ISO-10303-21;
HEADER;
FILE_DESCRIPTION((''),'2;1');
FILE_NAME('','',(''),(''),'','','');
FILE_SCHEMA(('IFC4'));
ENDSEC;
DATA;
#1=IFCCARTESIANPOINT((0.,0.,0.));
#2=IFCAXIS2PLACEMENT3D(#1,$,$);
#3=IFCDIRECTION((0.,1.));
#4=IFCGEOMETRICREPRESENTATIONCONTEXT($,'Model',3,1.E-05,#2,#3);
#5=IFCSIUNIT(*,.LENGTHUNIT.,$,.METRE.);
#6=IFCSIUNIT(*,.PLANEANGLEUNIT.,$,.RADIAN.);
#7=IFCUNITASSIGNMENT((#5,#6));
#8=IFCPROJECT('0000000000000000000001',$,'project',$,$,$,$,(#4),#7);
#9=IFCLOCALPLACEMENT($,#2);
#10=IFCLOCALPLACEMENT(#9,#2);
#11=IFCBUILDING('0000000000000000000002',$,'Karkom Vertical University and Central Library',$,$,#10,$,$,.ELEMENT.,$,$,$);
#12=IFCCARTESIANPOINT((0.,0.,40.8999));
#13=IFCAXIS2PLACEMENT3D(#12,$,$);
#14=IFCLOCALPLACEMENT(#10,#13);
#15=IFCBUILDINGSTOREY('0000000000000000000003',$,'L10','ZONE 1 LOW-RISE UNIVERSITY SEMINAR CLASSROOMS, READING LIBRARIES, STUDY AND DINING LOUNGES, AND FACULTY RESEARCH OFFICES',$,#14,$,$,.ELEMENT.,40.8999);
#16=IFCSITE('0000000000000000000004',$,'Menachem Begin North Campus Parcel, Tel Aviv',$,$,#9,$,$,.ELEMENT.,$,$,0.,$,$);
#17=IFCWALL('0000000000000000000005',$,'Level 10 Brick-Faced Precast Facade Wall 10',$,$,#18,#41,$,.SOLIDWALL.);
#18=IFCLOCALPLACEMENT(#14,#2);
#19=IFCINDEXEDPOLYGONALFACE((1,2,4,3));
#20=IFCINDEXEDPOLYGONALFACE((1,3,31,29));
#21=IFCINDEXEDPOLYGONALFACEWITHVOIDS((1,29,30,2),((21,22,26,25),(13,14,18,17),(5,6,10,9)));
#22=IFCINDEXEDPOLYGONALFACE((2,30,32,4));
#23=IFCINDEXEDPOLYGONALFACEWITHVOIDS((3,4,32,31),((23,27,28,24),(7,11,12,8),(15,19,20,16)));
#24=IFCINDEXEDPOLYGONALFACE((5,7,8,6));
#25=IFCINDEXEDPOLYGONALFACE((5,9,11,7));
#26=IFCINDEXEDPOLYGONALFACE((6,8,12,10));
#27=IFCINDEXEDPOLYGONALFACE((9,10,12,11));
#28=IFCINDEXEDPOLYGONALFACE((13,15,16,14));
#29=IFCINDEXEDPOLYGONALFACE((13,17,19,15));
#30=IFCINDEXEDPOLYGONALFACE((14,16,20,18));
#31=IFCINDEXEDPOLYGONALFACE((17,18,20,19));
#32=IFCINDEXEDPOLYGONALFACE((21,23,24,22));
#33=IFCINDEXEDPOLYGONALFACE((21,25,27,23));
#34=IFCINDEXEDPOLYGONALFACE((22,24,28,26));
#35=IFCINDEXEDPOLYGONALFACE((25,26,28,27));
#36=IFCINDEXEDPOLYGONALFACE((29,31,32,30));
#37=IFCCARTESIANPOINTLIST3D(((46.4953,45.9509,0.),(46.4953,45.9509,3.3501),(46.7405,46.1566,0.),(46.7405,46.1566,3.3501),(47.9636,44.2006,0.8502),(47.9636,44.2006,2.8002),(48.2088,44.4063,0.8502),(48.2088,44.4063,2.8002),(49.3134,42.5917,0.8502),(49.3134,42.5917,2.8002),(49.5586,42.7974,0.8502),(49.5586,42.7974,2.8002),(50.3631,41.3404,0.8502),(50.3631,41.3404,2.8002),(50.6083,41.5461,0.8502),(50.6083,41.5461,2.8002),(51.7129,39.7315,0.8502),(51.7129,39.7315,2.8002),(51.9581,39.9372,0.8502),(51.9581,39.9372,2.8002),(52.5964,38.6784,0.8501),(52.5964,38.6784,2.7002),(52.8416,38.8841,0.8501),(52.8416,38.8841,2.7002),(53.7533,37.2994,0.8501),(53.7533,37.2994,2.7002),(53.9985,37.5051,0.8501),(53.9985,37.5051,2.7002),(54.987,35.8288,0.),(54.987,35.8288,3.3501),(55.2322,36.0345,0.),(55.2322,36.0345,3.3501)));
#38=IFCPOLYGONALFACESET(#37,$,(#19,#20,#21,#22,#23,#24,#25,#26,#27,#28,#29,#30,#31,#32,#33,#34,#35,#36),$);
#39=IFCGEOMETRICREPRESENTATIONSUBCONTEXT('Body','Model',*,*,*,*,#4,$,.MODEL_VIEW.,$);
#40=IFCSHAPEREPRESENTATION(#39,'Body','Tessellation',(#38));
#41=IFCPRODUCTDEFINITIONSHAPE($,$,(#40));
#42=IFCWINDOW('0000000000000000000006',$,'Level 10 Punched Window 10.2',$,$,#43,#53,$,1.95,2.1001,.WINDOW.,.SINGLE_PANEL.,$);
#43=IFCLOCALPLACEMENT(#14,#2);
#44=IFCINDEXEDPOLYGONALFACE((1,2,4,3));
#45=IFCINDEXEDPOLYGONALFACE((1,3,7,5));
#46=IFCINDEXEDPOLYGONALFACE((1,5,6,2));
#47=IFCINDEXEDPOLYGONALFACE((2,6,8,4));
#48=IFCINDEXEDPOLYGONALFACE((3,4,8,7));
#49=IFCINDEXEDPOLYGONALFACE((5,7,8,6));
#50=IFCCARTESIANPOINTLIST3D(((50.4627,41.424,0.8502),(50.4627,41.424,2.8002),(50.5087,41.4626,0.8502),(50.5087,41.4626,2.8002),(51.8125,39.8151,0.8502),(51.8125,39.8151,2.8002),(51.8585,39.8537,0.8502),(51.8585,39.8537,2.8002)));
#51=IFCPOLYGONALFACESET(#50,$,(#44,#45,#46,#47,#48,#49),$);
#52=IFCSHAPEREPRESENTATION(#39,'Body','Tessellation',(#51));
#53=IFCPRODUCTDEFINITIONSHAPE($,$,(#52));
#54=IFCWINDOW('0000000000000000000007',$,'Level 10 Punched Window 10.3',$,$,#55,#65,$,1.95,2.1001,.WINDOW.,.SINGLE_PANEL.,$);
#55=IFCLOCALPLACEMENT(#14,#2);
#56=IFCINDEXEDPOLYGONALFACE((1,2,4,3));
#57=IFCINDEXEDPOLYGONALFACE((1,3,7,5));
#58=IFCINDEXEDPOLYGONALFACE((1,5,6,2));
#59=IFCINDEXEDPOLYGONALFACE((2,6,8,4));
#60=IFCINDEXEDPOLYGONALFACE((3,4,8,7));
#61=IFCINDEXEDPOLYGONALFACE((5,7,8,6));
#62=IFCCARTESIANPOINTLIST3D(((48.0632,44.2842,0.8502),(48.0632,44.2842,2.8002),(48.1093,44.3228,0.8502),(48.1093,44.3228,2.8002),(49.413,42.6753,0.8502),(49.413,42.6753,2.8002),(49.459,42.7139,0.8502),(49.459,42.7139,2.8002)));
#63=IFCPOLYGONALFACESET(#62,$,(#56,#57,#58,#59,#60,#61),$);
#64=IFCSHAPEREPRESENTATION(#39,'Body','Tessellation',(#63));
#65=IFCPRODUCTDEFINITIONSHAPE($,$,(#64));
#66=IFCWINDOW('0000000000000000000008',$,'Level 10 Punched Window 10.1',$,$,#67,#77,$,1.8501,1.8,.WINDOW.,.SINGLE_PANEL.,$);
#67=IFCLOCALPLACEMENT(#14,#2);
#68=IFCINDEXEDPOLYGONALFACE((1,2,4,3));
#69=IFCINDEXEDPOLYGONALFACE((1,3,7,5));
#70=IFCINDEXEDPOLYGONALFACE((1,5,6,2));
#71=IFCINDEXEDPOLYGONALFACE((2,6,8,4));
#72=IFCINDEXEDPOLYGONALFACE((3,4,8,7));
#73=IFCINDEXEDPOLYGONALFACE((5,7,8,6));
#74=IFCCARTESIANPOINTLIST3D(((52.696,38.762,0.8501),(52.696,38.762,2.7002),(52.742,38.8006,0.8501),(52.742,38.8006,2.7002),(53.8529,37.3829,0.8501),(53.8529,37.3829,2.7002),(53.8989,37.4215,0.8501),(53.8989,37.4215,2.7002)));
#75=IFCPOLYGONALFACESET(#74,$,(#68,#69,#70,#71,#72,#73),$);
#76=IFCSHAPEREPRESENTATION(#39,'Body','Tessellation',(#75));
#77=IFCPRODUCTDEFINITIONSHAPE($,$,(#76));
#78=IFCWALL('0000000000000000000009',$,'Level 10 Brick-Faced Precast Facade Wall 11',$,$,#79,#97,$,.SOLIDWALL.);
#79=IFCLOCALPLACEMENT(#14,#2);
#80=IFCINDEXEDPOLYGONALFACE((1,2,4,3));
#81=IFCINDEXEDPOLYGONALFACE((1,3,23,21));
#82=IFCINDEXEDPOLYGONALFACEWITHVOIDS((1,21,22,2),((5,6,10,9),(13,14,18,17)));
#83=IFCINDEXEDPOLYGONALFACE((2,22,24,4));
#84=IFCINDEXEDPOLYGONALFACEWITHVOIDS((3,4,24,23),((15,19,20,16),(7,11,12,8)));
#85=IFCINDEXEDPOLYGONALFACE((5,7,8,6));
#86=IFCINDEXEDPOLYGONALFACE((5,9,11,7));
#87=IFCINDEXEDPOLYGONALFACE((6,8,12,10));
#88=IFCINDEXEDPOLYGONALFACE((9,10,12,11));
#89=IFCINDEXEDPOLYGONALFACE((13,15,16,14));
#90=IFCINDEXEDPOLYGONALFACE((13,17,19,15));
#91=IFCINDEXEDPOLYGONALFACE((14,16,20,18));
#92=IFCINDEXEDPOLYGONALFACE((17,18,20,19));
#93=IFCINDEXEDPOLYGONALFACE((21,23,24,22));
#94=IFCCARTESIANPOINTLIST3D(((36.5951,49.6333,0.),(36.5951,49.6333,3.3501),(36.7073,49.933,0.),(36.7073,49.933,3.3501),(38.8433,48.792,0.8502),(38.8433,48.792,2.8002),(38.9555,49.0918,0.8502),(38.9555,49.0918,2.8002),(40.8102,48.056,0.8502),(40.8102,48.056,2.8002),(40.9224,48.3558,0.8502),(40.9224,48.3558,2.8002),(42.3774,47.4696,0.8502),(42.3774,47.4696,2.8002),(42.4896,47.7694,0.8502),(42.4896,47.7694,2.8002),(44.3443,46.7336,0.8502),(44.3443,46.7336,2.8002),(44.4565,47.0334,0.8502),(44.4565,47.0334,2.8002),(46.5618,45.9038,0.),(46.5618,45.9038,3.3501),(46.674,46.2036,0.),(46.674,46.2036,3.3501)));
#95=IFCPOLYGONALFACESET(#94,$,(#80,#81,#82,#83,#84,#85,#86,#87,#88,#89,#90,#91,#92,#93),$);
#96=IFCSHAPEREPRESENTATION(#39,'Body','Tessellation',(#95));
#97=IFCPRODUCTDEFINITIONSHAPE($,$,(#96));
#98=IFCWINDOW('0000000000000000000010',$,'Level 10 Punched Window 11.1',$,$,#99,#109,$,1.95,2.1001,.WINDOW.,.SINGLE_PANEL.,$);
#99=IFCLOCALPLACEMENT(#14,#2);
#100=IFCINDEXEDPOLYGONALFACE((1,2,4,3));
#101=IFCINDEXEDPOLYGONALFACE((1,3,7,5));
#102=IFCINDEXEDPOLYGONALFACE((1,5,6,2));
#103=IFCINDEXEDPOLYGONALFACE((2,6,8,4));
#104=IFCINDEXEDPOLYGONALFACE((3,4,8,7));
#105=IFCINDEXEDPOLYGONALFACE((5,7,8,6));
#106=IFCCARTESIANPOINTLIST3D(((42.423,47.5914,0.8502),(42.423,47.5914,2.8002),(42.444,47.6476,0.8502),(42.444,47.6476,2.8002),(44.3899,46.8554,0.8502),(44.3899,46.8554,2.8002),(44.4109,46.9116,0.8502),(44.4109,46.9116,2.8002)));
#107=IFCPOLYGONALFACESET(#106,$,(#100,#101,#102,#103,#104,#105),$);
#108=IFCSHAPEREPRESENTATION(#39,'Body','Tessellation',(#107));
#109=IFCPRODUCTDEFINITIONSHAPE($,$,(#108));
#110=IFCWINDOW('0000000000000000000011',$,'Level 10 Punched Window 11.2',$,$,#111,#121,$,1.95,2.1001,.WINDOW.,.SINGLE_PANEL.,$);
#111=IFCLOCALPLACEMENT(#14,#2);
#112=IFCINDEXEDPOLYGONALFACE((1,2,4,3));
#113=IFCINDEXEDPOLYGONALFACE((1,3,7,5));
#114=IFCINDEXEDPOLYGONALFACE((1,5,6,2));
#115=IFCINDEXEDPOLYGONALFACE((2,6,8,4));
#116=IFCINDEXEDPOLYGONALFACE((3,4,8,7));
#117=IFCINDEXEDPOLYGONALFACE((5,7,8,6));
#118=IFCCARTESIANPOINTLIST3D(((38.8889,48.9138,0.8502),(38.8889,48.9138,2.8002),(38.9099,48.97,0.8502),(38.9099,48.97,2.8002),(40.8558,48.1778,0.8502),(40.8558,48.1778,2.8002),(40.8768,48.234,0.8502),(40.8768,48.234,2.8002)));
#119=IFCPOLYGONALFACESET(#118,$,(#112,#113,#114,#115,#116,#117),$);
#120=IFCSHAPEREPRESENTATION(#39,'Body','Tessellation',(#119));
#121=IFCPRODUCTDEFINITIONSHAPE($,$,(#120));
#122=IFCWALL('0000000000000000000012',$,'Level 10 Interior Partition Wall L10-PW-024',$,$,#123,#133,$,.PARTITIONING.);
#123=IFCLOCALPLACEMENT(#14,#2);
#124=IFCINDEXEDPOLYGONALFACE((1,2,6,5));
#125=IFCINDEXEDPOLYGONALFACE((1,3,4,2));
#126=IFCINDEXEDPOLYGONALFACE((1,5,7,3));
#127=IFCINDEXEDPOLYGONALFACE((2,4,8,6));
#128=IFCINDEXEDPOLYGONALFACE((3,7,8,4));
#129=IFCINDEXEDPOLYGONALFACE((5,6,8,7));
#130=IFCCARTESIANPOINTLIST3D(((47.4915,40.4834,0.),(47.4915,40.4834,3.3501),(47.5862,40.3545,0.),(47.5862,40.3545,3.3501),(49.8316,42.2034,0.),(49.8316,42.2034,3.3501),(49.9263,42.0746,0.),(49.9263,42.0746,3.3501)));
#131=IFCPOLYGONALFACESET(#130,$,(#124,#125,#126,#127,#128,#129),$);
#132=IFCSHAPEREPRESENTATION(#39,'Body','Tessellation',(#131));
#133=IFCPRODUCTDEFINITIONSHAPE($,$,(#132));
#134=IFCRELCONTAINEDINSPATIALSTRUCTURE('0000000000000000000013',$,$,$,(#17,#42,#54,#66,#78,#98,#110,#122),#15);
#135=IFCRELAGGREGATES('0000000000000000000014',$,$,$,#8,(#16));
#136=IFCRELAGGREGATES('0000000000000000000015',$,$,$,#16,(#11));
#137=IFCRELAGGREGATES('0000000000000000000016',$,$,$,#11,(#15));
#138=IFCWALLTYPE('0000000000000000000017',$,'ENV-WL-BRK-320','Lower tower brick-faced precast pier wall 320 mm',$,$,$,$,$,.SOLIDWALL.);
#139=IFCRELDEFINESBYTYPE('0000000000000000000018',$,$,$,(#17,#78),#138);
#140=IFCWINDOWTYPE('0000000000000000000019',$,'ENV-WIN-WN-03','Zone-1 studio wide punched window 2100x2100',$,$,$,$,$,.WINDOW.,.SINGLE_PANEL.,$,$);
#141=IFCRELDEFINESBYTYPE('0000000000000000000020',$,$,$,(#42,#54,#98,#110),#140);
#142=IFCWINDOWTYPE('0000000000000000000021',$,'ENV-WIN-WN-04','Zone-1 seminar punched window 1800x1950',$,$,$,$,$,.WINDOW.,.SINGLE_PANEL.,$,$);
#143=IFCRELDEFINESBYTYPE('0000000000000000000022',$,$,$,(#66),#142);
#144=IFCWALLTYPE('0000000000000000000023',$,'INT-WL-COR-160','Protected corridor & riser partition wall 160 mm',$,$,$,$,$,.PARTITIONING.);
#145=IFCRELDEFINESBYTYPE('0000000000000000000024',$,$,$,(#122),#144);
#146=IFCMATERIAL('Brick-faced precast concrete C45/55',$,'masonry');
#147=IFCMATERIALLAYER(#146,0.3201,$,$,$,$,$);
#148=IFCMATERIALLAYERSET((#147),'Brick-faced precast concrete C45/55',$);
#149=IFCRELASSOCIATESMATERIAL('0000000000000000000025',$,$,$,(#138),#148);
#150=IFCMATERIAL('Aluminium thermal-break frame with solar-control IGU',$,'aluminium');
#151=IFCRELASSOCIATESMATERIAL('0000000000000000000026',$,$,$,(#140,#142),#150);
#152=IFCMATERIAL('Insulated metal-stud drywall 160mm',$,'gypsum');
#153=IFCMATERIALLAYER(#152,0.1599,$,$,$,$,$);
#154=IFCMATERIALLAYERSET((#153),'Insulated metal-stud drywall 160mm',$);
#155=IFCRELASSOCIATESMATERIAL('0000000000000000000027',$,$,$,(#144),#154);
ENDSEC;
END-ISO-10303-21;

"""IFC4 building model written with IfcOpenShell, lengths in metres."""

from ifc_helpers import new_model, si_unit, direction, frame, frame_2d, origin, origin_with_axes, place, context, subcontext, project, spatial, rectangle, extrude, source, transform, mapped, material, layer, layer_set, type_object, element, fill, save


model = new_model("IFC4")

# Units and contexts
model_context = context("Model", 3, precision=1e-05, world=origin(), true_north=direction((0.0, 1.0)))
body_context = subcontext(model_context, "Body", "Model", "MODEL_VIEW")
ifc_project = project(units=[si_unit("LENGTHUNIT", "METRE"), si_unit("PLANEANGLEUNIT", "RADIAN")], contexts=[model_context])

# Site, building, storey
site_placement = place(None, origin())
site = spatial("IfcSite", under=ifc_project, at=site_placement, Name="Menachem Begin North Campus Parcel, Tel Aviv", CompositionType="ELEMENT", RefElevation=0.0)
building_placement = place(site_placement, origin())
building = spatial("IfcBuilding", under=site, at=building_placement, Name="Karkom Vertical University and Central Library", CompositionType="ELEMENT")
storey_placement = place(building_placement, frame((0.0, 0.0, 40.8999)))
storey = spatial("IfcBuildingStorey", under=building, at=storey_placement, Name="L10", Description="ZONE 1 LOW-RISE UNIVERSITY SEMINAR CLASSROOMS, READING LIBRARIES, STUDY AND DINING LOUNGES, AND FACULTY RESEARCH OFFICES", CompositionType="ELEMENT", Elevation=40.8999)

# Walls, openings, windows
ifc_material_1 = material(Name="Brick-faced precast concrete C45/55", Category="masonry")
ifc_layer_1 = layer(ifc_material_1, 0.3201)
ifc_layer_set_1 = layer_set([ifc_layer_1], Name="Brick-faced precast concrete C45/55")
wall_type_1 = type_object("IfcWallType", Name="ENV-WL-BRK-320", Description="Lower tower brick-faced precast pier wall 320 mm", PredefinedType="SOLIDWALL", material=ifc_layer_set_1)
wall_1_placement = place(storey_placement, frame((55.1096, 35.9316, 0.0), z_axis=(0.0, 0.0, 1.0), x_axis=(-0.642711, 0.766109, 0.0)))
wall_1 = element("IfcWall", 1, at=wall_1_placement, inside=storey, type_object=wall_type_1, Name="Level 10 Brick-Faced Precast Facade Wall 10", PredefinedType="SOLIDWALL", context=body_context, shape_type="SweptSolid", body=[
    extrude(rectangle(XDim=13.2124, YDim=0.3201, at=frame_2d((6.6062, 0.0))), origin(), (0.0, 0.0, 1.0), 3.3501),
])
opening_1_placement = place(wall_1_placement, frame((1.9197, 0.0, 0.8501)))
opening_1 = element("IfcOpeningElement", 2, at=opening_1_placement, cuts=wall_1, PredefinedType="OPENING", context=body_context, shape_type="SweptSolid", body=[
    extrude(rectangle(XDim=1.8, YDim=1.8501, at=frame_2d((0.8999, 0.925))), frame((0.0, 0.1699, 0.0), z_axis=(0.0, -1.0, 0.0), x_axis=(1.0, 0.0, 0.0)), (0.0, 0.0, 1.0), 0.3401),
])
opening_2_placement = place(wall_1_placement, frame((5.0942, 0.0, 0.8501)))
opening_2 = element("IfcOpeningElement", 3, at=opening_2_placement, cuts=wall_1, PredefinedType="OPENING", context=body_context, shape_type="SweptSolid", body=[
    extrude(rectangle(XDim=2.1001, YDim=1.95, at=frame_2d((1.05, 0.9751))), frame((0.0, 0.1699, 0.0), z_axis=(0.0, -1.0, 0.0), x_axis=(1.0, 0.0, 0.0)), (0.0, 0.0, 1.0), 0.3401),
])
opening_3_placement = place(wall_1_placement, frame((8.8276, 0.0, 0.8501)))
opening_3 = element("IfcOpeningElement", 4, at=opening_3_placement, cuts=wall_1, PredefinedType="OPENING", context=body_context, shape_type="SweptSolid", body=[
    extrude(rectangle(XDim=2.1001, YDim=1.95, at=frame_2d((1.05, 0.9751))), frame((0.0, 0.1699, 0.0), z_axis=(0.0, -1.0, 0.0), x_axis=(1.0, 0.0, 0.0)), (0.0, 0.0, 1.0), 0.3401),
])
ifc_material_2 = material(Name="Aluminium thermal-break frame with solar-control IGU", Category="aluminium")
window_type_1 = type_object("IfcWindowType", Name="ENV-WIN-WN-03", Description="Zone-1 studio wide punched window 2100x2100", PartitioningType="SINGLE_PANEL", PredefinedType="WINDOW", material=ifc_material_2)
shared_shape_1 = source(origin_with_axes(), body_context, "Body", "SweptSolid", [
    extrude(rectangle(XDim=2.1001, YDim=1.95, at=frame_2d((1.05, 0.9751))), frame((0.0, 0.03, 0.0), z_axis=(0.0, -1.0, 0.0), x_axis=(1.0, 0.0, 0.0)), (0.0, 0.0, 1.0), 0.0601),
])
window_1_placement = place(opening_2_placement, origin())
window_1 = element("IfcWindow", 5, at=window_1_placement, inside=storey, type_object=window_type_1, Name="Level 10 Punched Window 10.2", OverallHeight=1.95, OverallWidth=2.1001, PartitioningType="SINGLE_PANEL", PredefinedType="WINDOW", context=body_context, shape_type="MappedRepresentation", body=[
    mapped(shared_shape_1, transform((0.0, 0.0, 0.0), scale=1.0)),
])
fill(opening_2, window_1)
window_2_placement = place(opening_3_placement, origin())
window_2 = element("IfcWindow", 6, at=window_2_placement, inside=storey, type_object=window_type_1, Name="Level 10 Punched Window 10.3", OverallHeight=1.95, OverallWidth=2.1001, PartitioningType="SINGLE_PANEL", PredefinedType="WINDOW", context=body_context, shape_type="MappedRepresentation", body=[
    mapped(shared_shape_1, transform((0.0, 0.0, 0.0), scale=1.0)),
])
fill(opening_3, window_2)
window_type_2 = type_object("IfcWindowType", Name="ENV-WIN-WN-04", Description="Zone-1 seminar punched window 1800x1950", PartitioningType="SINGLE_PANEL", PredefinedType="WINDOW", material=ifc_material_2)
shared_shape_2 = source(origin_with_axes(), body_context, "Body", "SweptSolid", [
    extrude(rectangle(XDim=1.8, YDim=1.8501, at=frame_2d((0.8999, 0.925))), frame((0.0, 0.03, 0.0), z_axis=(0.0, -1.0, 0.0), x_axis=(1.0, 0.0, 0.0)), (0.0, 0.0, 1.0), 0.0601),
])
window_3_placement = place(opening_1_placement, origin())
window_3 = element("IfcWindow", 7, at=window_3_placement, inside=storey, type_object=window_type_2, Name="Level 10 Punched Window 10.1", OverallHeight=1.8501, OverallWidth=1.8, PartitioningType="SINGLE_PANEL", PredefinedType="WINDOW", context=body_context, shape_type="MappedRepresentation", body=[
    mapped(shared_shape_2, transform((0.0, 0.0, 0.0), scale=1.0)),
])
fill(opening_1, window_3)
wall_2_placement = place(storey_placement, frame((46.6179, 46.0537, 0.0), z_axis=(0.0, 0.0, 1.0), x_axis=(-0.936578, 0.35046, 0.0)))
wall_2 = element("IfcWall", 8, at=wall_2_placement, inside=storey, type_object=wall_type_1, Name="Level 10 Brick-Faced Precast Facade Wall 11", PredefinedType="SOLIDWALL", context=body_context, shape_type="SweptSolid", body=[
    extrude(rectangle(XDim=10.6416, YDim=0.3201, at=frame_2d((5.3208, 0.0))), origin(), (0.0, 0.0, 1.0), 3.3501),
])
opening_4_placement = place(wall_2_placement, frame((2.3677, 0.0, 0.8501)))
opening_4 = element("IfcOpeningElement", 9, at=opening_4_placement, cuts=wall_2, PredefinedType="OPENING", context=body_context, shape_type="SweptSolid", body=[
    extrude(rectangle(XDim=2.1001, YDim=1.95, at=frame_2d((1.05, 0.9751))), frame((0.0, 0.1699, 0.0), z_axis=(0.0, -1.0, 0.0), x_axis=(1.0, 0.0, 0.0)), (0.0, 0.0, 1.0), 0.3401),
])
opening_5_placement = place(wall_2_placement, frame((6.1411, 0.0, 0.8501)))
opening_5 = element("IfcOpeningElement", 10, at=opening_5_placement, cuts=wall_2, PredefinedType="OPENING", context=body_context, shape_type="SweptSolid", body=[
    extrude(rectangle(XDim=2.1001, YDim=1.95, at=frame_2d((1.05, 0.9751))), frame((0.0, 0.1699, 0.0), z_axis=(0.0, -1.0, 0.0), x_axis=(1.0, 0.0, 0.0)), (0.0, 0.0, 1.0), 0.3401),
])
window_4_placement = place(opening_4_placement, origin())
window_4 = element("IfcWindow", 11, at=window_4_placement, inside=storey, type_object=window_type_1, Name="Level 10 Punched Window 11.1", OverallHeight=1.95, OverallWidth=2.1001, PartitioningType="SINGLE_PANEL", PredefinedType="WINDOW", context=body_context, shape_type="MappedRepresentation", body=[
    mapped(shared_shape_1, transform((0.0, 0.0, 0.0), scale=1.0)),
])
fill(opening_4, window_4)
window_5_placement = place(opening_5_placement, origin())
window_5 = element("IfcWindow", 12, at=window_5_placement, inside=storey, type_object=window_type_1, Name="Level 10 Punched Window 11.2", OverallHeight=1.95, OverallWidth=2.1001, PartitioningType="SINGLE_PANEL", PredefinedType="WINDOW", context=body_context, shape_type="MappedRepresentation", body=[
    mapped(shared_shape_1, transform((0.0, 0.0, 0.0), scale=1.0)),
])
fill(opening_5, window_5)

# Wall
ifc_material_3 = material(Name="Insulated metal-stud drywall 160mm", Category="gypsum")
ifc_layer_2 = layer(ifc_material_3, 0.1599)
ifc_layer_set_2 = layer_set([ifc_layer_2], Name="Insulated metal-stud drywall 160mm")
wall_type_2 = type_object("IfcWallType", Name="INT-WL-COR-160", Description="Protected corridor & riser partition wall 160 mm", PredefinedType="PARTITIONING", material=ifc_layer_set_2)
wall_3_placement = place(storey_placement, frame((47.5388, 40.4189, 0.0), z_axis=(0.0, 0.0, 1.0), x_axis=(0.805763, 0.592238, 0.0)))
element("IfcWall", 13, at=wall_3_placement, inside=storey, type_object=wall_type_2, Name="Level 10 Interior Partition Wall L10-PW-024", PredefinedType="PARTITIONING", context=body_context, shape_type="SweptSolid", body=[
    extrude(rectangle(XDim=2.9043, YDim=0.1599, at=frame_2d((1.4521, 0.0))), origin(), (0.0, 0.0, 1.0), 3.3501),
])

save(model, "model.ifc")
